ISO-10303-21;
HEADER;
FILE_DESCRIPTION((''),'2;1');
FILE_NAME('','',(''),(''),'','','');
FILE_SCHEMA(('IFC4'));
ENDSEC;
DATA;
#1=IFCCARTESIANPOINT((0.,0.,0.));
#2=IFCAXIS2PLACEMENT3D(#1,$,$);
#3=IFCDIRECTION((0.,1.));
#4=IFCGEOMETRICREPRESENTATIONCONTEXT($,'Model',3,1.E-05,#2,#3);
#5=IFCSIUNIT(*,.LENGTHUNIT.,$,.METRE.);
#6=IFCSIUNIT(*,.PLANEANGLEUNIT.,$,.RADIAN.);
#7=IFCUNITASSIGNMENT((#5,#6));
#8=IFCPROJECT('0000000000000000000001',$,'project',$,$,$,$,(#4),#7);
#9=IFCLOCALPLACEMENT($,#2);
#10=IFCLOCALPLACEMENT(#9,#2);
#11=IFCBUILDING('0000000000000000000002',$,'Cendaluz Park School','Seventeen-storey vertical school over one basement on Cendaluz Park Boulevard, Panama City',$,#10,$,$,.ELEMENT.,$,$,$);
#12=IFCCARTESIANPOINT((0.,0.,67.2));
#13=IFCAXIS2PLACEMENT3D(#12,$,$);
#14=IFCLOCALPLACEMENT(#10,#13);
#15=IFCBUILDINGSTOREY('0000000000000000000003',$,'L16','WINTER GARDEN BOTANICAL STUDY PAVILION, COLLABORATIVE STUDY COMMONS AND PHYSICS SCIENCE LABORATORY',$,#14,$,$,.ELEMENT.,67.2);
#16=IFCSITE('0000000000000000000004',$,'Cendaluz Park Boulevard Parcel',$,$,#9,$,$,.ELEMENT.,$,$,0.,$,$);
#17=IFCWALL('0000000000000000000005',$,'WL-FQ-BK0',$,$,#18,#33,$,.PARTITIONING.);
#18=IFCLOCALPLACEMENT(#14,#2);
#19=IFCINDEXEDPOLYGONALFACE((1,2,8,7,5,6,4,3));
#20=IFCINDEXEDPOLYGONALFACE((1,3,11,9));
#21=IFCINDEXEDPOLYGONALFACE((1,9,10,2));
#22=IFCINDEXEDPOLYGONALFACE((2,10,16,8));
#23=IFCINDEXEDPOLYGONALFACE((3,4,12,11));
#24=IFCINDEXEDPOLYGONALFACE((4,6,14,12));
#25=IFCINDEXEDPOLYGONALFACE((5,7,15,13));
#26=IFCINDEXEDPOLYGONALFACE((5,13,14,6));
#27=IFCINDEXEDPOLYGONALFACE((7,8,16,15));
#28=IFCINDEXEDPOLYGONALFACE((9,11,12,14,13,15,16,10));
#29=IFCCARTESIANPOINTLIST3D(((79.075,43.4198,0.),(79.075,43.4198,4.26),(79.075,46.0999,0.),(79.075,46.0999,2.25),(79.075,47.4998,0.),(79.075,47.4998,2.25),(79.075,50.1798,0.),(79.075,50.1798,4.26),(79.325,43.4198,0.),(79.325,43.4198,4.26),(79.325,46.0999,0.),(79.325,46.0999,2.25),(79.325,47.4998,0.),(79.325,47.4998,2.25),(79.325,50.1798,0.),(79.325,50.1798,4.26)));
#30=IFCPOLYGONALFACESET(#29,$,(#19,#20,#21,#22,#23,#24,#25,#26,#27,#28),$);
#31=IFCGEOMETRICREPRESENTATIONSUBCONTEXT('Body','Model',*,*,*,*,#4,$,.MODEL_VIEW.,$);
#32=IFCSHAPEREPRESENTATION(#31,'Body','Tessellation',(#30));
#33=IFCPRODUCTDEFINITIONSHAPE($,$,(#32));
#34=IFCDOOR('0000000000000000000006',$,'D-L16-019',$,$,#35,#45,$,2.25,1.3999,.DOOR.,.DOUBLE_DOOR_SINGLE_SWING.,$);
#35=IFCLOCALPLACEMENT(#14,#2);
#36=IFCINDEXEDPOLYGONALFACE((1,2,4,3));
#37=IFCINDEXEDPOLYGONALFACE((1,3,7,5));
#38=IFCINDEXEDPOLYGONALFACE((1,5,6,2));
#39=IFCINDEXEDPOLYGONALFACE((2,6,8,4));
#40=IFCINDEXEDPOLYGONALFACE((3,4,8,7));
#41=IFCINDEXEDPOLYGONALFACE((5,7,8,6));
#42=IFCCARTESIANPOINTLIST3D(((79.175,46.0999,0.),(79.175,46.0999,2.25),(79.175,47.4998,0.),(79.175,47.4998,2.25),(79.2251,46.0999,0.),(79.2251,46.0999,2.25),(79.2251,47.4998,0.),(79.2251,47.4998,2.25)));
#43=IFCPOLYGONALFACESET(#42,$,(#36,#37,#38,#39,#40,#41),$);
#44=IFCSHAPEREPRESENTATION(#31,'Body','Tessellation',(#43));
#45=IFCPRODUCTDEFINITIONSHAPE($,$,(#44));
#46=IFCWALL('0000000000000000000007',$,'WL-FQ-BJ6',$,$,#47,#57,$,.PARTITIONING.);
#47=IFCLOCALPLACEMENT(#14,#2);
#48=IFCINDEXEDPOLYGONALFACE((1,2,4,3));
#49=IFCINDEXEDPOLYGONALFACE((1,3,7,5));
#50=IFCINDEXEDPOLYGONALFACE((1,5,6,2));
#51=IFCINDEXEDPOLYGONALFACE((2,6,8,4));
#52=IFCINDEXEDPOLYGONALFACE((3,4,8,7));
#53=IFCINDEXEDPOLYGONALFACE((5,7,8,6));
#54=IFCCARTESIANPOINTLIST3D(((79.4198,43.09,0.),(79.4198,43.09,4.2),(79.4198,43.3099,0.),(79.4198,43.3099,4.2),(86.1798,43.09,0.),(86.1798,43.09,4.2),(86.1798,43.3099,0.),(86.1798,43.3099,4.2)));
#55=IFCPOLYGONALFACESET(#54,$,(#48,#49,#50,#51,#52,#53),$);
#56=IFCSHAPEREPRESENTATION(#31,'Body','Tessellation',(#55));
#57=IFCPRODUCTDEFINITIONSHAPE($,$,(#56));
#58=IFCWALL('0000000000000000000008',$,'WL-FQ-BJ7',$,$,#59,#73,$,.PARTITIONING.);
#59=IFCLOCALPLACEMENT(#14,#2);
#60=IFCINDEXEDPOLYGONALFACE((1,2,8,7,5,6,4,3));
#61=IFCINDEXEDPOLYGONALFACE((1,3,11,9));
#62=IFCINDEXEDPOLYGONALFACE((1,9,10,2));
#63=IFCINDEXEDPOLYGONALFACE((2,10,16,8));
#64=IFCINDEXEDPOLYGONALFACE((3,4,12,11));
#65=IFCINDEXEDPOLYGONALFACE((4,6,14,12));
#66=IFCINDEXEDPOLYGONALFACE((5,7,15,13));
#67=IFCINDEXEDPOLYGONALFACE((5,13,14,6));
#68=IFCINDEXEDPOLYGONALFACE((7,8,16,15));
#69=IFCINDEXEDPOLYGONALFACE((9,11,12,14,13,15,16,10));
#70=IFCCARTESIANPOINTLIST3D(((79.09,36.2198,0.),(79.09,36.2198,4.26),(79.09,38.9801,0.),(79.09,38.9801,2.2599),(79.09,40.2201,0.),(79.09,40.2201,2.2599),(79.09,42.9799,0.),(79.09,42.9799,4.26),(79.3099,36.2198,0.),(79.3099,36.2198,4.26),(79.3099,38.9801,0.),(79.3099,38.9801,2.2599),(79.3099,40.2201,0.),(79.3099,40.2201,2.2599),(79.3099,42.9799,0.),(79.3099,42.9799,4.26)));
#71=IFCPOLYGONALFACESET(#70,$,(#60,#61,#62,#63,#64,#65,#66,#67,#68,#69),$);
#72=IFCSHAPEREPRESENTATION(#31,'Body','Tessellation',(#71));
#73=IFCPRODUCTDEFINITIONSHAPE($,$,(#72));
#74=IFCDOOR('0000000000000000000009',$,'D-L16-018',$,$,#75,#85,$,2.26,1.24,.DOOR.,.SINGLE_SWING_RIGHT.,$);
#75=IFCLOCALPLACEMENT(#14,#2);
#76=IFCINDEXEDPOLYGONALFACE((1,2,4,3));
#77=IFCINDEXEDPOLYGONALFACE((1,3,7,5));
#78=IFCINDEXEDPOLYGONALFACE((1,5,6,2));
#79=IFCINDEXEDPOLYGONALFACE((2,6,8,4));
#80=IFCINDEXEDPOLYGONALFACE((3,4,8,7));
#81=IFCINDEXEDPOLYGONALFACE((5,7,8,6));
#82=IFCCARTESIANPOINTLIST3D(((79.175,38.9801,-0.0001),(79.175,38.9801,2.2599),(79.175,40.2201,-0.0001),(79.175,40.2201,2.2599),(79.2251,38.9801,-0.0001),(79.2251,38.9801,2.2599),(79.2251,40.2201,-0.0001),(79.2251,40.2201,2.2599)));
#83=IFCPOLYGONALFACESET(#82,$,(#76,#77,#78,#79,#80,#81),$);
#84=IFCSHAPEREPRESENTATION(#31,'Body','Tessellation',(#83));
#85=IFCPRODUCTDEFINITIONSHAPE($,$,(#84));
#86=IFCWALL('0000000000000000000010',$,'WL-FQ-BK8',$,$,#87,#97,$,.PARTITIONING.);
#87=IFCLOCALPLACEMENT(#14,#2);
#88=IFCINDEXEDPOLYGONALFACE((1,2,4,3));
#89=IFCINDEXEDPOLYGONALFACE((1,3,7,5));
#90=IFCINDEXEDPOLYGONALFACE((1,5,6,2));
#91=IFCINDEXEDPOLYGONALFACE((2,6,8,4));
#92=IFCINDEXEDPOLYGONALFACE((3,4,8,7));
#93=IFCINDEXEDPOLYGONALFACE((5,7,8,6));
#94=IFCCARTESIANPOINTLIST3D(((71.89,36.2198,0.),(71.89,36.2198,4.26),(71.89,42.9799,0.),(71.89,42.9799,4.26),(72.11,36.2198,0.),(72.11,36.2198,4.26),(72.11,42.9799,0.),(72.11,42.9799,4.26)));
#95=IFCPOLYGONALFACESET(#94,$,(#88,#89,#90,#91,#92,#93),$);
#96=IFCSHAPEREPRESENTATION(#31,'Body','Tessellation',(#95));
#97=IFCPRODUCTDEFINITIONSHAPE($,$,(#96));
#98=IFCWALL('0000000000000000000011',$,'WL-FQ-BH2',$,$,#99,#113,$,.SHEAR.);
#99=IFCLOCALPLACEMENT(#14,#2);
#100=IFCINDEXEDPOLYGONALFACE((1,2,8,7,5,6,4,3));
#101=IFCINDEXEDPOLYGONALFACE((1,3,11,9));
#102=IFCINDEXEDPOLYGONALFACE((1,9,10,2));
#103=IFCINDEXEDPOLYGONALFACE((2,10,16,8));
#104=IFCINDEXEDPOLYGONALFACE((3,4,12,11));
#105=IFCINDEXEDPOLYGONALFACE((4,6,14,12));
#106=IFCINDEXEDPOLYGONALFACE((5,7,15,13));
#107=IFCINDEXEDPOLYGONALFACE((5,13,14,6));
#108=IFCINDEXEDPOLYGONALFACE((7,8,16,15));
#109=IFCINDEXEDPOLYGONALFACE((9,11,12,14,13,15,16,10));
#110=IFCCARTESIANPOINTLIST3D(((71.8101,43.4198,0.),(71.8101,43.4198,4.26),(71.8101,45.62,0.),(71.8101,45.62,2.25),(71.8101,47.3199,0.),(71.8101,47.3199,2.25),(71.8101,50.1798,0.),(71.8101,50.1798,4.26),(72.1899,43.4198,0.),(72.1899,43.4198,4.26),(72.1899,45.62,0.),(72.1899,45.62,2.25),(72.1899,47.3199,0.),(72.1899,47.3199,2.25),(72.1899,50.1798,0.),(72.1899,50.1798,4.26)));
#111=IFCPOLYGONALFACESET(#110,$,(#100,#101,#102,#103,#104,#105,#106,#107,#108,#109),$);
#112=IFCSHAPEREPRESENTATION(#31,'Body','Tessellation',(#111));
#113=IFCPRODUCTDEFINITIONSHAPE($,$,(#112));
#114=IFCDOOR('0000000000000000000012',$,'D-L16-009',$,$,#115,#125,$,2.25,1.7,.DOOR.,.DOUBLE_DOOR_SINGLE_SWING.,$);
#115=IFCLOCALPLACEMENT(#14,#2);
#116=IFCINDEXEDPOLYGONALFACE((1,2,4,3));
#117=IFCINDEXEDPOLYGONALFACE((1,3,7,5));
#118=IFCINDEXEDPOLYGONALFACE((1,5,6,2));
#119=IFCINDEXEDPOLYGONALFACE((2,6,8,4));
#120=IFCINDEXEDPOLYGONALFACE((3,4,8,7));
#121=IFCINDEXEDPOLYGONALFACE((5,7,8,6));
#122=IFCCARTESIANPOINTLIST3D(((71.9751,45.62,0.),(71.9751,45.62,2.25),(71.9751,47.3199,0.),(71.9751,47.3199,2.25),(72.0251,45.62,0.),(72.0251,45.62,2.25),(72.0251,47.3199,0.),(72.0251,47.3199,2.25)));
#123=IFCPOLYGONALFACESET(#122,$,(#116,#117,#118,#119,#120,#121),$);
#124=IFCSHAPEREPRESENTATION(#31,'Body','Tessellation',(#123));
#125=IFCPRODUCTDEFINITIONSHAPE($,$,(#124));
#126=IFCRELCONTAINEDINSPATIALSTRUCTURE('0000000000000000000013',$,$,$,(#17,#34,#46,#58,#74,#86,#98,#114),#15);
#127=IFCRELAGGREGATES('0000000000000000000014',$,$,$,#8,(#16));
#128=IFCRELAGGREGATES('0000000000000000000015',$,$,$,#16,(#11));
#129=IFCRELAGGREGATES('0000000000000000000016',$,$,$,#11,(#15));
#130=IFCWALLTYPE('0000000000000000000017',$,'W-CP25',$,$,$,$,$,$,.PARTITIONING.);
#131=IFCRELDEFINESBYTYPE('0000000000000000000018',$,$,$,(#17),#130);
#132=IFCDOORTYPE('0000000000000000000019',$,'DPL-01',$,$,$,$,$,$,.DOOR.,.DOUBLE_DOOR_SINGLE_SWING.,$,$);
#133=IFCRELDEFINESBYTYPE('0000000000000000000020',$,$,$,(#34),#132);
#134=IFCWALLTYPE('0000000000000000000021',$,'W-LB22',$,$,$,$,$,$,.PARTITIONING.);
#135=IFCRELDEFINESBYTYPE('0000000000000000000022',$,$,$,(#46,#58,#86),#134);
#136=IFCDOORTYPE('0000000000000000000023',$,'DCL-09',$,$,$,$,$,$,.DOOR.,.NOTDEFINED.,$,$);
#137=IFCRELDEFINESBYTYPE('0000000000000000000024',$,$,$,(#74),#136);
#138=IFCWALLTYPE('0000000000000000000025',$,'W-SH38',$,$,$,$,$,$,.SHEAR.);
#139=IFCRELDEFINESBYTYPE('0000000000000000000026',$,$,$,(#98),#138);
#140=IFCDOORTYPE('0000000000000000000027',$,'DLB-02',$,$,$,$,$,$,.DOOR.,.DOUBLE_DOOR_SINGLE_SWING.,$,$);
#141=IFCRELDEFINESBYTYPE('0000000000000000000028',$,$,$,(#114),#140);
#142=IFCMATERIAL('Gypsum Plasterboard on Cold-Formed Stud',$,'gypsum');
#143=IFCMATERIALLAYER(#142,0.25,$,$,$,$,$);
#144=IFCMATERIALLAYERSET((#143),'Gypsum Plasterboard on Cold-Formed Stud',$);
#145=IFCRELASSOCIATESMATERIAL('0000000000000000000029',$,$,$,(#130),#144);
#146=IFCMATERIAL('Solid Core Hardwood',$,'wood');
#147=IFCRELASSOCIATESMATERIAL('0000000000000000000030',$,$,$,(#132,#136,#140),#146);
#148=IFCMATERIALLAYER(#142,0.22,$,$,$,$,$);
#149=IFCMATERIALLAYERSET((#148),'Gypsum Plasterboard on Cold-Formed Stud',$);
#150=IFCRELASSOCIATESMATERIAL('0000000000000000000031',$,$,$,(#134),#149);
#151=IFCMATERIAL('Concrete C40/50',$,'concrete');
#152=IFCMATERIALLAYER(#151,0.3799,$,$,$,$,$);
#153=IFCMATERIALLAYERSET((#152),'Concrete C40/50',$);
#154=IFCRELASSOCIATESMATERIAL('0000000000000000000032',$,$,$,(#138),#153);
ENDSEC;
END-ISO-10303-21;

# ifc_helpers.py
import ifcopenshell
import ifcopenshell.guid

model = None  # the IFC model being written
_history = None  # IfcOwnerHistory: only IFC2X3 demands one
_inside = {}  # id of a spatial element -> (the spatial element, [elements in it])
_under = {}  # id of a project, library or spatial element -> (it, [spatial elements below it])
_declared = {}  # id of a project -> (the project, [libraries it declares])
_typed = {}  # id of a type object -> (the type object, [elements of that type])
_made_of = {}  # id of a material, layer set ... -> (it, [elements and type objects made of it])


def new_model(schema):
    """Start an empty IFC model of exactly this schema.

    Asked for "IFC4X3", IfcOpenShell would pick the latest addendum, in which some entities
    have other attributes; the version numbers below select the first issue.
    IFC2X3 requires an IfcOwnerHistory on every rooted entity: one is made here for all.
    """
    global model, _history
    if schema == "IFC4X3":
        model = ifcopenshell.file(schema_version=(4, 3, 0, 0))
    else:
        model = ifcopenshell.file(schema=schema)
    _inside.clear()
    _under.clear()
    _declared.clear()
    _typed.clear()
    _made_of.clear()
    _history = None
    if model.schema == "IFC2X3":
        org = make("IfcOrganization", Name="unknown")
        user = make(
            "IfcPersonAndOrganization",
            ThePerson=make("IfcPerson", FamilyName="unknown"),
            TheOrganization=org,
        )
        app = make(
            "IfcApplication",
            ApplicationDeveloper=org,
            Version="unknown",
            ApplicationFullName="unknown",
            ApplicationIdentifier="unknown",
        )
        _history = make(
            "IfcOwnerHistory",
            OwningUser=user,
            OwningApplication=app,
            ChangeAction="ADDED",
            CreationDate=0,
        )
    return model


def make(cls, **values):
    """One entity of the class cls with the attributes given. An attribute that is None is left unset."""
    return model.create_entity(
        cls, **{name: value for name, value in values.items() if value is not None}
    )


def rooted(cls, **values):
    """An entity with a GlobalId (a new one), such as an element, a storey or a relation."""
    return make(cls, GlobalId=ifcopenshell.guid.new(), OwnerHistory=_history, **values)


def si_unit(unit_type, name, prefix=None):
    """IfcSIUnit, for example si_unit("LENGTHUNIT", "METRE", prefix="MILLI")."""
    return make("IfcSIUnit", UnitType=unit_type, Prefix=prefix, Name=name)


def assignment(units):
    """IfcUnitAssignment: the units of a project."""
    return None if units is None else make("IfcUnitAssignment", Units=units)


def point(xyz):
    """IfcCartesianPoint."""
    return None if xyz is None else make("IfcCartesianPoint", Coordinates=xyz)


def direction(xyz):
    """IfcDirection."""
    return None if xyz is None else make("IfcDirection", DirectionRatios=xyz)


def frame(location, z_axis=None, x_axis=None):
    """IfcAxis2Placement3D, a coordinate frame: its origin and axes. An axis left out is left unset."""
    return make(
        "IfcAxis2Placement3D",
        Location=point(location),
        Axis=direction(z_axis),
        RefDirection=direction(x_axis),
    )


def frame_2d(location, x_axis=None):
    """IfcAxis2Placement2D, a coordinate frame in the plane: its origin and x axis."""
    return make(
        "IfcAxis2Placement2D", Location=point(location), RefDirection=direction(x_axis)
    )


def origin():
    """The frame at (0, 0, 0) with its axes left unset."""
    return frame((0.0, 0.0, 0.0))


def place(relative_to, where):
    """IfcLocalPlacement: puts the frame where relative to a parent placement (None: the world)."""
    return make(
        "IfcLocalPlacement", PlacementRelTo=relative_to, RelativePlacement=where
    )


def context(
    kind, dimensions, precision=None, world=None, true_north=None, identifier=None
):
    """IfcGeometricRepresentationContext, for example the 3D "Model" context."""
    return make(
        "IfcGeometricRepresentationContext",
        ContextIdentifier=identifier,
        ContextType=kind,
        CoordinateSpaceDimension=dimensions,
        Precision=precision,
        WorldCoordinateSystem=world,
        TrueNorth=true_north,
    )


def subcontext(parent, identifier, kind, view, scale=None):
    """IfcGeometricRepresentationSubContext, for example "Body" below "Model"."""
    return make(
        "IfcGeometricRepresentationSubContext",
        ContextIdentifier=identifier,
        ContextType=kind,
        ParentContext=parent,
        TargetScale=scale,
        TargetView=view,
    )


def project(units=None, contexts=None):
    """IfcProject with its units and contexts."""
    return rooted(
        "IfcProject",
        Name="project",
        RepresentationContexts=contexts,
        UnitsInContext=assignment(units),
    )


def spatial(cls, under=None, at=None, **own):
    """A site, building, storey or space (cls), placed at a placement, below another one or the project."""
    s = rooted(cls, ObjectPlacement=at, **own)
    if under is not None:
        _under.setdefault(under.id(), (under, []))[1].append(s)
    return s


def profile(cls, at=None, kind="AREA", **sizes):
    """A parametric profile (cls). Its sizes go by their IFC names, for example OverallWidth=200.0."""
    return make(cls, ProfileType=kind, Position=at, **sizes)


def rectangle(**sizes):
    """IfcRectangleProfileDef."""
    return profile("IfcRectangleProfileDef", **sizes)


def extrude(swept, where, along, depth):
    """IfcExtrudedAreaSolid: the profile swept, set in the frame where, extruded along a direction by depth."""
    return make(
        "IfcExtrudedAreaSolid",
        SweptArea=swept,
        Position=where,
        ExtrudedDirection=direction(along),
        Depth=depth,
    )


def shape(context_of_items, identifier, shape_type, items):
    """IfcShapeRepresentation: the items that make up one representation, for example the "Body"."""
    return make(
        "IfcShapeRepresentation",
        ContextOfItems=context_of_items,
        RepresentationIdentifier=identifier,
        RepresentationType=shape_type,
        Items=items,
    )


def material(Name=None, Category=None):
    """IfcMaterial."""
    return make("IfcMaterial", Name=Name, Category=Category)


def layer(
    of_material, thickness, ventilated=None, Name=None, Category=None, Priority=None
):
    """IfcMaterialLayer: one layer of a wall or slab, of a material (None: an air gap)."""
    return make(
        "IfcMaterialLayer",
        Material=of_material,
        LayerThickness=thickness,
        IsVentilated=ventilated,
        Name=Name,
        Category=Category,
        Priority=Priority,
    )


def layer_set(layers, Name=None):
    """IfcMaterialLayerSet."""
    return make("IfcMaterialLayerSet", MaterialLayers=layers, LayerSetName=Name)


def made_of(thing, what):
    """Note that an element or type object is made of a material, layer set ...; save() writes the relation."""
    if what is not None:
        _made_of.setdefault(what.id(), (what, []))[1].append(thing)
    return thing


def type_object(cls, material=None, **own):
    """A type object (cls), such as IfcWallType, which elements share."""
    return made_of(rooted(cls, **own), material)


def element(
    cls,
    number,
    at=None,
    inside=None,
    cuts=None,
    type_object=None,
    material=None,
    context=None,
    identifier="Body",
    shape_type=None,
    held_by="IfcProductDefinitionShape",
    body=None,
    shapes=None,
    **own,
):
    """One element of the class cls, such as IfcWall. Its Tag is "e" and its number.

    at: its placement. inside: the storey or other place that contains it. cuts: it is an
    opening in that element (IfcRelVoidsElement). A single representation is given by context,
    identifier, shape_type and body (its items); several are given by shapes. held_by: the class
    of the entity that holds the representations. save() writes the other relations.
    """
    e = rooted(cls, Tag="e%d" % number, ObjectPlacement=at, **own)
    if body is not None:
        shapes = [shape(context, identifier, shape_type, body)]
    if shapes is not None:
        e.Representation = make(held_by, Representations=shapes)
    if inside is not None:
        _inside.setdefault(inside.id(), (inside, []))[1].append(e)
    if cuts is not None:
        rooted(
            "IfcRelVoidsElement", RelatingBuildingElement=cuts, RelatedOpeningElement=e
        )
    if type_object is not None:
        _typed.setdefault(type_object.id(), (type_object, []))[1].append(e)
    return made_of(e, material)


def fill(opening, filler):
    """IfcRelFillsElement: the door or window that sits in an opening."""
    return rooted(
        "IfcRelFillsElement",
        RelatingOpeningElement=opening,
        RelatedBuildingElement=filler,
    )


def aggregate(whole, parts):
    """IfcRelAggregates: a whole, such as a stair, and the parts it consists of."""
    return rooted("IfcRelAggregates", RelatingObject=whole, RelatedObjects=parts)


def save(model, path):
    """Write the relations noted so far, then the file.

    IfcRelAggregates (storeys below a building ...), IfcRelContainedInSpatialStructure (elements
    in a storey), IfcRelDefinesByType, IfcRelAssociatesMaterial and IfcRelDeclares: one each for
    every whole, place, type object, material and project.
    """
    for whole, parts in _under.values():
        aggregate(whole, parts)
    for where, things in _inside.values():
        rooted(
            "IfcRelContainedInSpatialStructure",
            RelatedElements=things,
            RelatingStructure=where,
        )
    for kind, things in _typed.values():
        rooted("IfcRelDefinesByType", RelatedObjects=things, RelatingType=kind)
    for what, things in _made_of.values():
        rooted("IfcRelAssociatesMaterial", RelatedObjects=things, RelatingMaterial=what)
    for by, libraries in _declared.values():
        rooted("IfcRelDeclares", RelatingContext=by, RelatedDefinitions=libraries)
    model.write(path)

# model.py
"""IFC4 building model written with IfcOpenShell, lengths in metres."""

from ifc_helpers import new_model, si_unit, direction, frame, frame_2d, origin, place, context, subcontext, project, spatial, rectangle, extrude, material, layer, layer_set, type_object, element, fill, save


model = new_model("IFC4")

# Units and contexts
model_context = context("Model", 3, precision=1e-05, world=origin(), true_north=direction((0.0, 1.0)))
body_context = subcontext(model_context, "Body", "Model", "MODEL_VIEW")
ifc_project = project(units=[si_unit("LENGTHUNIT", "METRE"), si_unit("PLANEANGLEUNIT", "RADIAN")], contexts=[model_context])

# Site, building, storey
site_placement = place(None, origin())
site = spatial("IfcSite", under=ifc_project, at=site_placement, Name="Cendaluz Park Boulevard Parcel", CompositionType="ELEMENT", RefElevation=0.0)
building_placement = place(site_placement, origin())
building = spatial("IfcBuilding", under=site, at=building_placement, Name="Cendaluz Park School", Description="Seventeen-storey vertical school over one basement on Cendaluz Park Boulevard, Panama City", CompositionType="ELEMENT")
storey_placement = place(building_placement, frame((0.0, 0.0, 67.2)))
storey = spatial("IfcBuildingStorey", under=building, at=storey_placement, Name="L16", Description="WINTER GARDEN BOTANICAL STUDY PAVILION, COLLABORATIVE STUDY COMMONS AND PHYSICS SCIENCE LABORATORY", CompositionType="ELEMENT", Elevation=67.2)

# Shared definitions
ifc_material_1 = material(Name="Gypsum Plasterboard on Cold-Formed Stud", Category="gypsum")
ifc_layer_1 = layer(ifc_material_1, 0.25)
ifc_layer_set_1 = layer_set([ifc_layer_1], Name="Gypsum Plasterboard on Cold-Formed Stud")
wall_type_1 = type_object("IfcWallType", Name="W-CP25", PredefinedType="PARTITIONING", material=ifc_layer_set_1)

# Wall, opening, door
wall_1_placement = place(storey_placement, frame((79.2, 43.4199, 0.0), z_axis=(0.0, 0.0, 1.0), x_axis=(0.0, 1.0, 0.0)))
wall_1 = element("IfcWall", 1, at=wall_1_placement, inside=storey, type_object=wall_type_1, Name="WL-FQ-BK0", PredefinedType="PARTITIONING", context=body_context, shape_type="SweptSolid", body=[
    extrude(rectangle(XDim=6.76, YDim=0.25, at=frame_2d((3.3799, 0.0))), origin(), (0.0, 0.0, 1.0), 4.26),
])
opening_1_placement = place(wall_1_placement, frame((2.6799, 0.0, 0.0)))
opening_1 = element("IfcOpeningElement", 2, at=opening_1_placement, cuts=wall_1, PredefinedType="OPENING", context=body_context, shape_type="SweptSolid", body=[
    extrude(rectangle(XDim=1.3999, YDim=2.25, at=frame_2d((0.7, 1.125))), frame((0.0, 0.137, 0.0), z_axis=(0.0, -1.0, 0.0), x_axis=(1.0, 0.0, 0.0)), (0.0, 0.0, 1.0), 0.2739),
])
ifc_material_2 = material(Name="Solid Core Hardwood", Category="wood")
door_type_1 = type_object("IfcDoorType", Name="DPL-01", OperationType="DOUBLE_DOOR_SINGLE_SWING", PredefinedType="DOOR", material=ifc_material_2)
door_1_placement = place(opening_1_placement, origin())
door_1 = element("IfcDoor", 3, at=door_1_placement, inside=storey, type_object=door_type_1, Name="D-L16-019", OperationType="DOUBLE_DOOR_SINGLE_SWING", OverallHeight=2.25, OverallWidth=1.3999, PredefinedType="DOOR", context=body_context, shape_type="SweptSolid", body=[
    extrude(rectangle(XDim=1.3999, YDim=2.25, at=frame_2d((0.7, 1.125))), frame((0.0, 0.0249, 0.0), z_axis=(0.0, -1.0, 0.0), x_axis=(1.0, 0.0, 0.0)), (0.0, 0.0, 1.0), 0.05),
])
fill(opening_1, door_1)

# Wall
ifc_layer_2 = layer(ifc_material_1, 0.22)
ifc_layer_set_2 = layer_set([ifc_layer_2], Name="Gypsum Plasterboard on Cold-Formed Stud")
wall_type_2 = type_object("IfcWallType", Name="W-LB22", PredefinedType="PARTITIONING", material=ifc_layer_set_2)
wall_2_placement = place(storey_placement, frame((79.4199, 43.2, 0.0), z_axis=(0.0, 0.0, 1.0), x_axis=(1.0, 0.0, 0.0)))
element("IfcWall", 4, at=wall_2_placement, inside=storey, type_object=wall_type_2, Name="WL-FQ-BJ6", PredefinedType="PARTITIONING", context=body_context, shape_type="SweptSolid", body=[
    extrude(rectangle(XDim=6.76, YDim=0.22, at=frame_2d((3.3799, 0.0))), origin(), (0.0, 0.0, 1.0), 4.2),
])

# Wall, opening, door
wall_3_placement = place(storey_placement, frame((79.2, 36.22, 0.0), z_axis=(0.0, 0.0, 1.0), x_axis=(0.0, 1.0, 0.0)))
wall_3 = element("IfcWall", 5, at=wall_3_placement, inside=storey, type_object=wall_type_2, Name="WL-FQ-BJ7", PredefinedType="PARTITIONING", context=body_context, shape_type="SweptSolid", body=[
    extrude(rectangle(XDim=6.76, YDim=0.22, at=frame_2d((3.3799, 0.0))), origin(), (0.0, 0.0, 1.0), 4.26),
])
opening_2_placement = place(wall_3_placement, frame((2.76, 0.0, 0.0)))
opening_2 = element("IfcOpeningElement", 6, at=opening_2_placement, cuts=wall_3, PredefinedType="OPENING", context=body_context, shape_type="SweptSolid", body=[
    extrude(rectangle(XDim=1.24, YDim=2.26, at=frame_2d((0.6201, 1.1299))), frame((0.0, 0.1221, 0.0), z_axis=(0.0, -1.0, 0.0), x_axis=(1.0, 0.0, 0.0)), (0.0, 0.0, 1.0), 0.2439),
])
door_type_2 = type_object("IfcDoorType", Name="DCL-09", OperationType="NOTDEFINED", PredefinedType="DOOR", material=ifc_material_2)
door_2_placement = place(opening_2_placement, origin())
door_2 = element("IfcDoor", 7, at=door_2_placement, inside=storey, type_object=door_type_2, Name="D-L16-018", OperationType="SINGLE_SWING_RIGHT", OverallHeight=2.26, OverallWidth=1.24, PredefinedType="DOOR", context=body_context, shape_type="SweptSolid", body=[
    extrude(rectangle(XDim=1.24, YDim=2.26, at=frame_2d((0.6201, 1.1299))), frame((0.0, 0.0249, 0.0), z_axis=(0.0, -1.0, 0.0), x_axis=(1.0, 0.0, 0.0)), (0.0, 0.0, 1.0), 0.05),
])
fill(opening_2, door_2)

# Wall
wall_4_placement = place(storey_placement, frame((72.0, 36.22, 0.0), z_axis=(0.0, 0.0, 1.0), x_axis=(0.0, 1.0, 0.0)))
element("IfcWall", 8, at=wall_4_placement, inside=storey, type_object=wall_type_2, Name="WL-FQ-BK8", PredefinedType="PARTITIONING", context=body_context, shape_type="SweptSolid", body=[
    extrude(rectangle(XDim=6.76, YDim=0.22, at=frame_2d((3.3799, 0.0))), origin(), (0.0, 0.0, 1.0), 4.26),
])

# Wall, opening, door
ifc_material_3 = material(Name="Concrete C40/50", Category="concrete")
ifc_layer_3 = layer(ifc_material_3, 0.3799)
ifc_layer_set_3 = layer_set([ifc_layer_3], Name="Concrete C40/50")
wall_type_3 = type_object("IfcWallType", Name="W-SH38", PredefinedType="SHEAR", material=ifc_layer_set_3)
wall_5_placement = place(storey_placement, frame((72.0, 43.4199, 0.0), z_axis=(0.0, 0.0, 1.0), x_axis=(0.0, 1.0, 0.0)))
wall_5 = element("IfcWall", 9, at=wall_5_placement, inside=storey, type_object=wall_type_3, Name="WL-FQ-BH2", PredefinedType="SHEAR", context=body_context, shape_type="SweptSolid", body=[
    extrude(rectangle(XDim=6.76, YDim=0.3799, at=frame_2d((3.3799, 0.0))), origin(), (0.0, 0.0, 1.0), 4.26),
])
opening_3_placement = place(wall_5_placement, frame((2.2, 0.0, 0.0)))
opening_3 = element("IfcOpeningElement", 10, at=opening_3_placement, cuts=wall_5, PredefinedType="OPENING", context=body_context, shape_type="SweptSolid", body=[
    extrude(rectangle(XDim=1.7, YDim=2.25, at=frame_2d((0.8501, 1.125))), frame((0.0, 0.2019, 0.0), z_axis=(0.0, -1.0, 0.0), x_axis=(1.0, 0.0, 0.0)), (0.0, 0.0, 1.0), 0.4038),
])
door_type_3 = type_object("IfcDoorType", Name="DLB-02", OperationType="DOUBLE_DOOR_SINGLE_SWING", PredefinedType="DOOR", material=ifc_material_2)
door_3_placement = place(opening_3_placement, origin())
door_3 = element("IfcDoor", 11, at=door_3_placement, inside=storey, type_object=door_type_3, Name="D-L16-009", OperationType="DOUBLE_DOOR_SINGLE_SWING", OverallHeight=2.25, OverallWidth=1.7, PredefinedType="DOOR", context=body_context, shape_type="SweptSolid", body=[
    extrude(rectangle(XDim=1.7, YDim=2.25, at=frame_2d((0.8501, 1.125))), frame((0.0, 0.0249, 0.0), z_axis=(0.0, -1.0, 0.0), x_axis=(1.0, 0.0, 0.0)), (0.0, 0.0, 1.0), 0.05),
])
fill(opening_3, door_3)

save(model, "model.ifc")
